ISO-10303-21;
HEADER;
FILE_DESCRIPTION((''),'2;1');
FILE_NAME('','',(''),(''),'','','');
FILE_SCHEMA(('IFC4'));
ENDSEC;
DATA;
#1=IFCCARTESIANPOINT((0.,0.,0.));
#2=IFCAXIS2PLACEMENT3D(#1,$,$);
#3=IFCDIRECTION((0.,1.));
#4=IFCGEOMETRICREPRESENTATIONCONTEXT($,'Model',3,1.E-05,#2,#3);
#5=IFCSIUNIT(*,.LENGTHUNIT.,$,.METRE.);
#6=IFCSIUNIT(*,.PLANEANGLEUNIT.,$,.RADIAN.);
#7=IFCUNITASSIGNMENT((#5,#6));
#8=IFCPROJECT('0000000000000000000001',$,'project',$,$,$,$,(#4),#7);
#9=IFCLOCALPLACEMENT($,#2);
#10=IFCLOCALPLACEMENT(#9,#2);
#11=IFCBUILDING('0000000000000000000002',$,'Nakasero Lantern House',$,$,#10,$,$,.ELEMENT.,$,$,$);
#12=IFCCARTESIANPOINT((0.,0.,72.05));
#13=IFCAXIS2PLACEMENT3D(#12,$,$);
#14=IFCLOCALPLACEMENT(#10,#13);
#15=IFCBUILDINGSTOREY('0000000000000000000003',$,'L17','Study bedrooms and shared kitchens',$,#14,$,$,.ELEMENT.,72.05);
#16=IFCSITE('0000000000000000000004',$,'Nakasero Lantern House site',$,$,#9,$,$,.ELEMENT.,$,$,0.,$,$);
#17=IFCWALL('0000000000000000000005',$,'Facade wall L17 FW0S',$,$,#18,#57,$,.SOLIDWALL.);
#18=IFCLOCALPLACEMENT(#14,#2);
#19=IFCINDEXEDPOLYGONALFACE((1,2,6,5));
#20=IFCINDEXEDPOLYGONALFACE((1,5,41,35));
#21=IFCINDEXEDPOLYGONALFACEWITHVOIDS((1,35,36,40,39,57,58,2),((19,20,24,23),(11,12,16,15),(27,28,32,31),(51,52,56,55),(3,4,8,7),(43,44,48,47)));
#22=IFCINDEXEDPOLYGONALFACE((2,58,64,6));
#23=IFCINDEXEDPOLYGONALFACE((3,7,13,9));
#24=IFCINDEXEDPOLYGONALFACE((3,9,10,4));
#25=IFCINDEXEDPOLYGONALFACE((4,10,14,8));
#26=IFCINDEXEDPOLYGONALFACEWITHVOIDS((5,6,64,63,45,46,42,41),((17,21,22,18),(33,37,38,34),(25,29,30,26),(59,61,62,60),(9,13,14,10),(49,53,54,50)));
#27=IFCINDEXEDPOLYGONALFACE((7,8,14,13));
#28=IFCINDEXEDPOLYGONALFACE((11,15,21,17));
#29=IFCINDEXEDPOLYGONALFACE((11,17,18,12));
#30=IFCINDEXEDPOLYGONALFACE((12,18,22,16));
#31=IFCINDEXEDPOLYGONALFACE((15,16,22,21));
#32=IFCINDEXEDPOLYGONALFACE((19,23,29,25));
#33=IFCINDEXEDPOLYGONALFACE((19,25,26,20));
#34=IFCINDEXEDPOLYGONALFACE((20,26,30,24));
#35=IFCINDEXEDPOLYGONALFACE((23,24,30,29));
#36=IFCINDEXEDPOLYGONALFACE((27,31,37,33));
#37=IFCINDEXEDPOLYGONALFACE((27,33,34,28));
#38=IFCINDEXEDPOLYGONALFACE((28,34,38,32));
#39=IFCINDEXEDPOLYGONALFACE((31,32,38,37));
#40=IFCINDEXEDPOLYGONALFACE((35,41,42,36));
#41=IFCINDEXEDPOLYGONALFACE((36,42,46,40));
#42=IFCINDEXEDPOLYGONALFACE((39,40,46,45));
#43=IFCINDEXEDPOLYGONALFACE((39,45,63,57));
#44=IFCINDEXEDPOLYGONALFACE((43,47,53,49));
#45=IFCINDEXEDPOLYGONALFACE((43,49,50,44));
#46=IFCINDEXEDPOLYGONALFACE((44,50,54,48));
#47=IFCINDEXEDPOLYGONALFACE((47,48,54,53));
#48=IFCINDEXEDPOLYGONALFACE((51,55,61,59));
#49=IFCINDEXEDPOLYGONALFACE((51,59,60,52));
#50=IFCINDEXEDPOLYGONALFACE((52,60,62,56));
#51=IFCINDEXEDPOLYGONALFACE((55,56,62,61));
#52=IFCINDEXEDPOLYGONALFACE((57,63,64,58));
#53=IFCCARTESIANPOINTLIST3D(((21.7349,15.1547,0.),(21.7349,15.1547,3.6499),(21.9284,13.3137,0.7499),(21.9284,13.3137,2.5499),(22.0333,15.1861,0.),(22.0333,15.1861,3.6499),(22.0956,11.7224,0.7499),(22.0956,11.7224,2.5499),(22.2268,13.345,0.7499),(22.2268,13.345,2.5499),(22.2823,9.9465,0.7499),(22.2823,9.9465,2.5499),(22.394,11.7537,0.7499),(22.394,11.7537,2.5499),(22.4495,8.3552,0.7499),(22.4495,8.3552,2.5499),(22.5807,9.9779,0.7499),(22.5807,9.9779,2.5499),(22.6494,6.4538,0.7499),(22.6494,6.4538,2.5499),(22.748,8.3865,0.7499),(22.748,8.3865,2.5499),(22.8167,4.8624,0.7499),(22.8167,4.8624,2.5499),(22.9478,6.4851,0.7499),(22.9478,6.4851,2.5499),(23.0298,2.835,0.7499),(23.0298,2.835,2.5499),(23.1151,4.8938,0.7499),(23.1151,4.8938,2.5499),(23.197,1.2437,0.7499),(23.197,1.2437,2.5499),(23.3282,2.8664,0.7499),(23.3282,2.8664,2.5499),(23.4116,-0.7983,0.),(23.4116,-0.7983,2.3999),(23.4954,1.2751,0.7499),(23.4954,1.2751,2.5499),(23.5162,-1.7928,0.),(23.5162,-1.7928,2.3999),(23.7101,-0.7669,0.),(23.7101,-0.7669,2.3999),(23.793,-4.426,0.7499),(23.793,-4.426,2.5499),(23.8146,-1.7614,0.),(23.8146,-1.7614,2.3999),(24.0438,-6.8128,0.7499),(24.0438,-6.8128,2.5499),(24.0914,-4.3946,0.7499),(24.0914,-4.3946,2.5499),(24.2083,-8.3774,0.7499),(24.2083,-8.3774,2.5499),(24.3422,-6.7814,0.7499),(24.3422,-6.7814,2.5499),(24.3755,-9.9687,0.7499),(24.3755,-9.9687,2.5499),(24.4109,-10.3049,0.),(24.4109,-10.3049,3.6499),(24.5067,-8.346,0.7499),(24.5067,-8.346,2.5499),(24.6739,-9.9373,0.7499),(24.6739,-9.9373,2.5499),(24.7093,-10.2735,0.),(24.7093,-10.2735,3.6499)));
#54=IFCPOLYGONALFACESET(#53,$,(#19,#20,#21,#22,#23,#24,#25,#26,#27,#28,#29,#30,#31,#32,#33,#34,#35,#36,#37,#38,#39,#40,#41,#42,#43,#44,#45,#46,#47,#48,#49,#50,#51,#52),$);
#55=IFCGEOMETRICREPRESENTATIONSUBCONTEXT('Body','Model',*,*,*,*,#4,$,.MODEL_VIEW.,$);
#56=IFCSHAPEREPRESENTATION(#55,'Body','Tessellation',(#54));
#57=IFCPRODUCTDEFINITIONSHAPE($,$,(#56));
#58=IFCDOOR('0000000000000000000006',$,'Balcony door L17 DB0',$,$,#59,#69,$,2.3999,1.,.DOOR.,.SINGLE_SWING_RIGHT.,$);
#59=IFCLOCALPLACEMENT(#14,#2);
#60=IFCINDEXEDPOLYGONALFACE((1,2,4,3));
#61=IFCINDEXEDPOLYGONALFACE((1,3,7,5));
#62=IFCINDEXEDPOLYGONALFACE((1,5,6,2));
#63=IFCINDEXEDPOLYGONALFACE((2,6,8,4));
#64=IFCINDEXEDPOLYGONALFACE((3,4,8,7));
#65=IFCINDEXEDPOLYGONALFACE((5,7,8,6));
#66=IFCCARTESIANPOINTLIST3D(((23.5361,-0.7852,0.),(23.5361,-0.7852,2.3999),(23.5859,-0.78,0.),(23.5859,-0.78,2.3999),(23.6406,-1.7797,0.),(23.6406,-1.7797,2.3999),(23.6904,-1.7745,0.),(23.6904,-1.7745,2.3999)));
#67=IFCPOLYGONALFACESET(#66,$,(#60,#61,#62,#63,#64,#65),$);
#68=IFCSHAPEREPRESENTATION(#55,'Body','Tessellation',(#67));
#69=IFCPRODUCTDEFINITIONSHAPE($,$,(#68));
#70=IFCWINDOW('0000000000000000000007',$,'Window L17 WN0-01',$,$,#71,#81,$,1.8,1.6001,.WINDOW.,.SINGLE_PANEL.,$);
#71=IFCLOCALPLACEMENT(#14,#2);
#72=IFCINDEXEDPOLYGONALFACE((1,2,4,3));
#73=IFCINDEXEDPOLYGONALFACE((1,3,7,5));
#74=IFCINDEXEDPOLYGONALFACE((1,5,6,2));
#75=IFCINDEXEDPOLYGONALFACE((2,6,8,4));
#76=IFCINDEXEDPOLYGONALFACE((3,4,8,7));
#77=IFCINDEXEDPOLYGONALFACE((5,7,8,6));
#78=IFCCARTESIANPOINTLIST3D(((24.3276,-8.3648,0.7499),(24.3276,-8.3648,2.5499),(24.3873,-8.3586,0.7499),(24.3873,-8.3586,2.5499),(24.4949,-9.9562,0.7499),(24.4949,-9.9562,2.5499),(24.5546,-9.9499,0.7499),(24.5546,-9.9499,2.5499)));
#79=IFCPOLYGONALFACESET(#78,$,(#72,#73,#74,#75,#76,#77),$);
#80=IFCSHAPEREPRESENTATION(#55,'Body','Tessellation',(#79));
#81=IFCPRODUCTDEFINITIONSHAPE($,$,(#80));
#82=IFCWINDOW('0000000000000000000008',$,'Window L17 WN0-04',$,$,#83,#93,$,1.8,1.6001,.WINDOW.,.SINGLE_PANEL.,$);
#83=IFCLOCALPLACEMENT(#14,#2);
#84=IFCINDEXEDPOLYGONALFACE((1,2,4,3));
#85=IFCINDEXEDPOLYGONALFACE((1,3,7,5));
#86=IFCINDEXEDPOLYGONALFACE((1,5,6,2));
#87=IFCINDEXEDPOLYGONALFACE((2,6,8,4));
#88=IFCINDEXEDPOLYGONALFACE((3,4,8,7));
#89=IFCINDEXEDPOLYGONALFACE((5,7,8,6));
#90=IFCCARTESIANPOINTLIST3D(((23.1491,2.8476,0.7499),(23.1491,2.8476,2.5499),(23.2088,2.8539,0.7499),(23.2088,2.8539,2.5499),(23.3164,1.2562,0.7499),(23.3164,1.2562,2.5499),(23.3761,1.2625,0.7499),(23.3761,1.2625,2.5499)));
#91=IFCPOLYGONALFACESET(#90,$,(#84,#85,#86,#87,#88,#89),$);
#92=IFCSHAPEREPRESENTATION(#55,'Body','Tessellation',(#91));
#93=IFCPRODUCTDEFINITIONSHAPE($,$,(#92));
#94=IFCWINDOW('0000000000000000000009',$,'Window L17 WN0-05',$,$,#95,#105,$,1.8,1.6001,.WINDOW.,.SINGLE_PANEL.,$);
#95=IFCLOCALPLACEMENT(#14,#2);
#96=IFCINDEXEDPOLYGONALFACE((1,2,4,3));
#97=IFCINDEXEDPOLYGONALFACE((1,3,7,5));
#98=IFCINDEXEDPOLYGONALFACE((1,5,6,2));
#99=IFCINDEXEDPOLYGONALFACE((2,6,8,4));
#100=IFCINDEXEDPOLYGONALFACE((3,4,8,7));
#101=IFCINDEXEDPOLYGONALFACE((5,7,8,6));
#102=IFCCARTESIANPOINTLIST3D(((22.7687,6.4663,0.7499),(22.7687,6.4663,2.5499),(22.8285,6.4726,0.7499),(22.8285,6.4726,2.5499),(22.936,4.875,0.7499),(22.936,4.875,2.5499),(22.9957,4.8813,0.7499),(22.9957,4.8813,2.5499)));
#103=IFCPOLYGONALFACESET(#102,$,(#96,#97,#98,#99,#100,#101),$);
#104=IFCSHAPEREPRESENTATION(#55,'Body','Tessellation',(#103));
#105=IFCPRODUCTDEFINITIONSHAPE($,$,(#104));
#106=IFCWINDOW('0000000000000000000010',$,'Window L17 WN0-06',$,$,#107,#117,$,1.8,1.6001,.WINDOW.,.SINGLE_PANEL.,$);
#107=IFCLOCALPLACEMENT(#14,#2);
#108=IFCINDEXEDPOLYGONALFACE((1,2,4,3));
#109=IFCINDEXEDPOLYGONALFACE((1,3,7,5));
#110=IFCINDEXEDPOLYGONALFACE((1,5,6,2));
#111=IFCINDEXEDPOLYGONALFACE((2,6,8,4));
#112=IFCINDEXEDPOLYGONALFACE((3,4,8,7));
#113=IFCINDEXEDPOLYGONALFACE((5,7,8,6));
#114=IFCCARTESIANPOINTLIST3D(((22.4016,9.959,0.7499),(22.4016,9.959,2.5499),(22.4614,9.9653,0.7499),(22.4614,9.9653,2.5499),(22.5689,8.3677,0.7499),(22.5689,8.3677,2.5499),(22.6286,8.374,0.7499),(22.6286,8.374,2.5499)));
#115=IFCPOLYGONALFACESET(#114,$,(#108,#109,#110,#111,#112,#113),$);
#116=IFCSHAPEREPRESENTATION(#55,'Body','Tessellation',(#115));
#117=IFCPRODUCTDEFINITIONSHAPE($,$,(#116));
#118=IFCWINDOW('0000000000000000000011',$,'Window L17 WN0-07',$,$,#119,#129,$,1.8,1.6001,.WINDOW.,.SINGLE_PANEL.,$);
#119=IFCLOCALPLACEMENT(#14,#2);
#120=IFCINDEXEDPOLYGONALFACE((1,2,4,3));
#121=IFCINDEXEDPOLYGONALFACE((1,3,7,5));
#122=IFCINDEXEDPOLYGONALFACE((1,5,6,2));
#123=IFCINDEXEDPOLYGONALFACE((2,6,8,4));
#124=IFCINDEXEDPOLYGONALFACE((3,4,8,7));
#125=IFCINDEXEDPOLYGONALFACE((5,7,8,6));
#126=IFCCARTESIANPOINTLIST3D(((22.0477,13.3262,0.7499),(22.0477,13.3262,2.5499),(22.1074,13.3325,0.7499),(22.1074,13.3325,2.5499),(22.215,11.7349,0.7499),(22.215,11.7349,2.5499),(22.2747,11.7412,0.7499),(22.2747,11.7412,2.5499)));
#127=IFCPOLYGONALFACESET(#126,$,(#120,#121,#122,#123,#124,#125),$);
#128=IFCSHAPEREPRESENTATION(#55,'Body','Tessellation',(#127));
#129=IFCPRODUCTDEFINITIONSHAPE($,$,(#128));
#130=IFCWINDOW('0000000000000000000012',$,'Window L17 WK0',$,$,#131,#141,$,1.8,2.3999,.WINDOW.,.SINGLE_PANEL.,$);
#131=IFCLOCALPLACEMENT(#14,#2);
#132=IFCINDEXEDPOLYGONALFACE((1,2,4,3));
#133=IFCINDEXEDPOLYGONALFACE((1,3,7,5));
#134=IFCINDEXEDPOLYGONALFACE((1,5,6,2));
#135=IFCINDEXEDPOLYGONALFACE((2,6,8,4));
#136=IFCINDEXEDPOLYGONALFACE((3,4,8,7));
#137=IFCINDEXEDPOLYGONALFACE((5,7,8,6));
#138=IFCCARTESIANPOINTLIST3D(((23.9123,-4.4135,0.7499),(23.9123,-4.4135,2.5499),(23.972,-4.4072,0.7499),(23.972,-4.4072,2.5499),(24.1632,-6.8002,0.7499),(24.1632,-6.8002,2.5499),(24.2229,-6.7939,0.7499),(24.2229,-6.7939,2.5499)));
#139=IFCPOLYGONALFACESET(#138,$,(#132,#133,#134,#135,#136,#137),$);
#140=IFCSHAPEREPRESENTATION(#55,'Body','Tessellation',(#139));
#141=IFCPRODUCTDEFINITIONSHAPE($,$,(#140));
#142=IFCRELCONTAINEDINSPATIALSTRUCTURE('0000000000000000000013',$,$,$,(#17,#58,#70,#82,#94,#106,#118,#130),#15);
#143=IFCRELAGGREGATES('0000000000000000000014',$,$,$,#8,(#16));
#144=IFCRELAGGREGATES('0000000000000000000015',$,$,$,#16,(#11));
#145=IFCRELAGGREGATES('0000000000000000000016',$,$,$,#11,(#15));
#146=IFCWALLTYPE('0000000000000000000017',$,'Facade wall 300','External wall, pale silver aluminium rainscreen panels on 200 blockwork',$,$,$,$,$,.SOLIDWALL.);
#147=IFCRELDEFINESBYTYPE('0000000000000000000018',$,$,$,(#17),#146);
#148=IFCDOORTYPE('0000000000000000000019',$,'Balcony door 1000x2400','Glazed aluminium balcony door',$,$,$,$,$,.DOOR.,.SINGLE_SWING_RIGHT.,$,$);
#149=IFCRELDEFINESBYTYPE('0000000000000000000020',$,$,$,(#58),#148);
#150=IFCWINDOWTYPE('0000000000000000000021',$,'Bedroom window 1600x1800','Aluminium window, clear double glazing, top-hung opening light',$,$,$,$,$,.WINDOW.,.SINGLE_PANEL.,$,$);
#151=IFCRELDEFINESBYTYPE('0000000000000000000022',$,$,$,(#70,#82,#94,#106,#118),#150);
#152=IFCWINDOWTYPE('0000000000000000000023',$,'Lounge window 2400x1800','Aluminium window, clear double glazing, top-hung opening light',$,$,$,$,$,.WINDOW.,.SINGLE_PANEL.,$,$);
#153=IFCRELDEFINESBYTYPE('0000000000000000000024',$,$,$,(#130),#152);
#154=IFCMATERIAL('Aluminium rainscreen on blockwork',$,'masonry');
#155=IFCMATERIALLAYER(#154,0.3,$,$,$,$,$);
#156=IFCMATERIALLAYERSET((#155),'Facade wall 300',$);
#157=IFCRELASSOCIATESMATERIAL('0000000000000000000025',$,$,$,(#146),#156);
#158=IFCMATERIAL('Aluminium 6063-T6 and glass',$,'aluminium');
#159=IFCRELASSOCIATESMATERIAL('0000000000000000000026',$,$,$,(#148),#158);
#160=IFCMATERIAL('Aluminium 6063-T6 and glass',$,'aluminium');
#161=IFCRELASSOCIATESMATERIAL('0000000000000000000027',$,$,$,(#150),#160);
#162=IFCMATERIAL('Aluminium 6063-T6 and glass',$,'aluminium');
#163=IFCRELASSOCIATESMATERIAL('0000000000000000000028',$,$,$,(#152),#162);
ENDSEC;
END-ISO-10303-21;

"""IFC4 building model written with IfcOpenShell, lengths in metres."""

from ifc_helpers import new_model, si_unit, direction, frame, frame_2d, origin, place, context, subcontext, project, spatial, rectangle, extrude, material, layer, layer_set, type_object, element, fill, save


model = new_model("IFC4")

# Units and contexts
model_context = context("Model", 3, precision=1e-05, world=origin(), true_north=direction((0.0, 1.0)))
body_context = subcontext(model_context, "Body", "Model", "MODEL_VIEW")
ifc_project = project(units=[si_unit("LENGTHUNIT", "METRE"), si_unit("PLANEANGLEUNIT", "RADIAN")], contexts=[model_context])

# Site, building, storey
site_placement = place(None, origin())
site = spatial("IfcSite", under=ifc_project, at=site_placement, Name="Nakasero Lantern House site", CompositionType="ELEMENT", RefElevation=0.0)
building_placement = place(site_placement, origin())
building = spatial("IfcBuilding", under=site, at=building_placement, Name="Nakasero Lantern House", CompositionType="ELEMENT")
storey_placement = place(building_placement, frame((0.0, 0.0, 72.05)))
storey = spatial("IfcBuildingStorey", under=building, at=storey_placement, Name="L17", Description="Study bedrooms and shared kitchens", CompositionType="ELEMENT", Elevation=72.05)

# Wall, openings, door, windows
ifc_material_1 = material(Name="Aluminium rainscreen on blockwork", Category="masonry")
ifc_layer_1 = layer(ifc_material_1, 0.3)
ifc_layer_set_1 = layer_set([ifc_layer_1], Name="Facade wall 300")
wall_type_1 = type_object("IfcWallType", Name="Facade wall 300", Description="External wall, pale silver aluminium rainscreen panels on 200 blockwork", PredefinedType="SOLIDWALL", material=ifc_layer_set_1)
wall_1_placement = place(storey_placement, frame((24.5601, -10.2891, 0.0), z_axis=(0.0, 0.0, 1.0), x_axis=(-0.104532, 0.994521, 0.0)))
wall_1 = element("IfcWall", 1, at=wall_1_placement, inside=storey, type_object=wall_type_1, Name="Facade wall L17 FW0S", PredefinedType="SOLIDWALL", context=body_context, shape_type="SweptSolid", body=[
    extrude(rectangle(XDim=25.5999, YDim=0.3, at=frame_2d((12.7998, 0.0))), origin(), (0.0, 0.0, 1.0), 3.6499),
])
opening_1_placement = place(wall_1_placement, frame((0.3379, 0.0, 0.75)))
opening_1 = element("IfcOpeningElement", 2, at=opening_1_placement, cuts=wall_1, PredefinedType="OPENING", context=body_context, shape_type="SweptSolid", body=[
    extrude(rectangle(XDim=1.6001, YDim=1.8, at=frame_2d((0.8, 0.8999))), frame((0.0, 0.1699, 0.0), z_axis=(0.0, -1.0, 0.0), x_axis=(1.0, 0.0, 0.0)), (0.0, 0.0, 1.0), 0.3401),
])
opening_2_placement = place(wall_1_placement, frame((11.6121, 0.0, 0.75)))
opening_2 = element("IfcOpeningElement", 3, at=opening_2_placement, cuts=wall_1, PredefinedType="OPENING", context=body_context, shape_type="SweptSolid", body=[
    extrude(rectangle(XDim=1.6001, YDim=1.8, at=frame_2d((0.8, 0.8999))), frame((0.0, 0.1699, 0.0), z_axis=(0.0, -1.0, 0.0), x_axis=(1.0, 0.0, 0.0)), (0.0, 0.0, 1.0), 0.3401),
])
opening_3_placement = place(wall_1_placement, frame((15.2507, 0.0, 0.75)))
opening_3 = element("IfcOpeningElement", 4, at=opening_3_placement, cuts=wall_1, PredefinedType="OPENING", context=body_context, shape_type="SweptSolid", body=[
    extrude(rectangle(XDim=1.6001, YDim=1.8, at=frame_2d((0.8, 0.8999))), frame((0.0, 0.1699, 0.0), z_axis=(0.0, -1.0, 0.0), x_axis=(1.0, 0.0, 0.0)), (0.0, 0.0, 1.0), 0.3401),
])
opening_4_placement = place(wall_1_placement, frame((18.7627, 0.0, 0.75)))
opening_4 = element("IfcOpeningElement", 5, at=opening_4_placement, cuts=wall_1, PredefinedType="OPENING", context=body_context, shape_type="SweptSolid", body=[
    extrude(rectangle(XDim=1.6001, YDim=1.8, at=frame_2d((0.8, 0.8999))), frame((0.0, 0.1699, 0.0), z_axis=(0.0, -1.0, 0.0), x_axis=(1.0, 0.0, 0.0)), (0.0, 0.0, 1.0), 0.3401),
])
opening_5_placement = place(wall_1_placement, frame((22.1484, 0.0, 0.75)))
opening_5 = element("IfcOpeningElement", 6, at=opening_5_placement, cuts=wall_1, PredefinedType="OPENING", context=body_context, shape_type="SweptSolid", body=[
    extrude(rectangle(XDim=1.6001, YDim=1.8, at=frame_2d((0.8, 0.8999))), frame((0.0, 0.1699, 0.0), z_axis=(0.0, -1.0, 0.0), x_axis=(1.0, 0.0, 0.0)), (0.0, 0.0, 1.0), 0.3401),
])
opening_6_placement = place(wall_1_placement, frame((3.5112, 0.0, 0.75)))
opening_6 = element("IfcOpeningElement", 7, at=opening_6_placement, cuts=wall_1, PredefinedType="OPENING", context=body_context, shape_type="SweptSolid", body=[
    extrude(rectangle(XDim=2.3999, YDim=1.8, at=frame_2d((1.2, 0.8999))), frame((0.0, 0.1699, 0.0), z_axis=(0.0, -1.0, 0.0), x_axis=(1.0, 0.0, 0.0)), (0.0, 0.0, 1.0), 0.3401),
])
opening_7_placement = place(wall_1_placement, frame((8.5588, 0.0, 0.0)))
opening_7 = element("IfcOpeningElement", 8, at=opening_7_placement, cuts=wall_1, PredefinedType="OPENING", context=body_context, shape_type="SweptSolid", body=[
    extrude(rectangle(XDim=1.0, YDim=2.3999, at=frame_2d((0.5, 1.2))), frame((0.0, 0.1699, 0.0), z_axis=(0.0, -1.0, 0.0), x_axis=(1.0, 0.0, 0.0)), (0.0, 0.0, 1.0), 0.3401),
])
ifc_material_2 = material(Name="Aluminium 6063-T6 and glass", Category="aluminium")
door_type_1 = type_object("IfcDoorType", Name="Balcony door 1000x2400", Description="Glazed aluminium balcony door", OperationType="SINGLE_SWING_RIGHT", PredefinedType="DOOR", material=ifc_material_2)
door_1_placement = place(opening_7_placement, origin())
door_1 = element("IfcDoor", 9, at=door_1_placement, inside=storey, type_object=door_type_1, Name="Balcony door L17 DB0", OperationType="SINGLE_SWING_RIGHT", OverallHeight=2.3999, OverallWidth=1.0, PredefinedType="DOOR", context=body_context, shape_type="SweptSolid", body=[
    extrude(rectangle(XDim=1.0, YDim=2.3999, at=frame_2d((0.5, 1.2))), frame((0.0, 0.0249, 0.0), z_axis=(0.0, -1.0, 0.0), x_axis=(1.0, 0.0, 0.0)), (0.0, 0.0, 1.0), 0.05),
])
fill(opening_7, door_1)
ifc_material_3 = material(Name="Aluminium 6063-T6 and glass", Category="aluminium")
window_type_1 = type_object("IfcWindowType", Name="Bedroom window 1600x1800", Description="Aluminium window, clear double glazing, top-hung opening light", PartitioningType="SINGLE_PANEL", PredefinedType="WINDOW", material=ifc_material_3)
window_1_placement = place(opening_1_placement, origin())
window_1 = element("IfcWindow", 10, at=window_1_placement, inside=storey, type_object=window_type_1, Name="Window L17 WN0-01", OverallHeight=1.8, OverallWidth=1.6001, PartitioningType="SINGLE_PANEL", PredefinedType="WINDOW", context=body_context, shape_type="SweptSolid", body=[
    extrude(rectangle(XDim=1.6001, YDim=1.8, at=frame_2d((0.8, 0.8999))), frame((0.0, 0.03, 0.0), z_axis=(0.0, -1.0, 0.0), x_axis=(1.0, 0.0, 0.0)), (0.0, 0.0, 1.0), 0.0601),
])
fill(opening_1, window_1)
window_2_placement = place(opening_2_placement, origin())
window_2 = element("IfcWindow", 11, at=window_2_placement, inside=storey, type_object=window_type_1, Name="Window L17 WN0-04", OverallHeight=1.8, OverallWidth=1.6001, PartitioningType="SINGLE_PANEL", PredefinedType="WINDOW", context=body_context, shape_type="SweptSolid", body=[
    extrude(rectangle(XDim=1.6001, YDim=1.8, at=frame_2d((0.8, 0.8999))), frame((0.0, 0.03, 0.0), z_axis=(0.0, -1.0, 0.0), x_axis=(1.0, 0.0, 0.0)), (0.0, 0.0, 1.0), 0.0601),
])
fill(opening_2, window_2)
window_3_placement = place(opening_3_placement, origin())
window_3 = element("IfcWindow", 12, at=window_3_placement, inside=storey, type_object=window_type_1, Name="Window L17 WN0-05", OverallHeight=1.8, OverallWidth=1.6001, PartitioningType="SINGLE_PANEL", PredefinedType="WINDOW", context=body_context, shape_type="SweptSolid", body=[
    extrude(rectangle(XDim=1.6001, YDim=1.8, at=frame_2d((0.8, 0.8999))), frame((0.0, 0.03, 0.0), z_axis=(0.0, -1.0, 0.0), x_axis=(1.0, 0.0, 0.0)), (0.0, 0.0, 1.0), 0.0601),
])
fill(opening_3, window_3)
window_4_placement = place(opening_4_placement, origin())
window_4 = element("IfcWindow", 13, at=window_4_placement, inside=storey, type_object=window_type_1, Name="Window L17 WN0-06", OverallHeight=1.8, OverallWidth=1.6001, PartitioningType="SINGLE_PANEL", PredefinedType="WINDOW", context=body_context, shape_type="SweptSolid", body=[
    extrude(rectangle(XDim=1.6001, YDim=1.8, at=frame_2d((0.8, 0.8999))), frame((0.0, 0.03, 0.0), z_axis=(0.0, -1.0, 0.0), x_axis=(1.0, 0.0, 0.0)), (0.0, 0.0, 1.0), 0.0601),
])
fill(opening_4, window_4)
window_5_placement = place(opening_5_placement, origin())
window_5 = element("IfcWindow", 14, at=window_5_placement, inside=storey, type_object=window_type_1, Name="Window L17 WN0-07", OverallHeight=1.8, OverallWidth=1.6001, PartitioningType="SINGLE_PANEL", PredefinedType="WINDOW", context=body_context, shape_type="SweptSolid", body=[
    extrude(rectangle(XDim=1.6001, YDim=1.8, at=frame_2d((0.8, 0.8999))), frame((0.0, 0.03, 0.0), z_axis=(0.0, -1.0, 0.0), x_axis=(1.0, 0.0, 0.0)), (0.0, 0.0, 1.0), 0.0601),
])
fill(opening_5, window_5)
ifc_material_4 = material(Name="Aluminium 6063-T6 and glass", Category="aluminium")
window_type_2 = type_object("IfcWindowType", Name="Lounge window 2400x1800", Description="Aluminium window, clear double glazing, top-hung opening light", PartitioningType="SINGLE_PANEL", PredefinedType="WINDOW", material=ifc_material_4)
window_6_placement = place(opening_6_placement, origin())
window_6 = element("IfcWindow", 15, at=window_6_placement, inside=storey, type_object=window_type_2, Name="Window L17 WK0", OverallHeight=1.8, OverallWidth=2.3999, PartitioningType="SINGLE_PANEL", PredefinedType="WINDOW", context=body_context, shape_type="SweptSolid", body=[
    extrude(rectangle(XDim=2.3999, YDim=1.8, at=frame_2d((1.2, 0.8999))), frame((0.0, 0.03, 0.0), z_axis=(0.0, -1.0, 0.0), x_axis=(1.0, 0.0, 0.0)), (0.0, 0.0, 1.0), 0.0601),
])
fill(opening_6, window_6)

save(model, "model.ifc")
